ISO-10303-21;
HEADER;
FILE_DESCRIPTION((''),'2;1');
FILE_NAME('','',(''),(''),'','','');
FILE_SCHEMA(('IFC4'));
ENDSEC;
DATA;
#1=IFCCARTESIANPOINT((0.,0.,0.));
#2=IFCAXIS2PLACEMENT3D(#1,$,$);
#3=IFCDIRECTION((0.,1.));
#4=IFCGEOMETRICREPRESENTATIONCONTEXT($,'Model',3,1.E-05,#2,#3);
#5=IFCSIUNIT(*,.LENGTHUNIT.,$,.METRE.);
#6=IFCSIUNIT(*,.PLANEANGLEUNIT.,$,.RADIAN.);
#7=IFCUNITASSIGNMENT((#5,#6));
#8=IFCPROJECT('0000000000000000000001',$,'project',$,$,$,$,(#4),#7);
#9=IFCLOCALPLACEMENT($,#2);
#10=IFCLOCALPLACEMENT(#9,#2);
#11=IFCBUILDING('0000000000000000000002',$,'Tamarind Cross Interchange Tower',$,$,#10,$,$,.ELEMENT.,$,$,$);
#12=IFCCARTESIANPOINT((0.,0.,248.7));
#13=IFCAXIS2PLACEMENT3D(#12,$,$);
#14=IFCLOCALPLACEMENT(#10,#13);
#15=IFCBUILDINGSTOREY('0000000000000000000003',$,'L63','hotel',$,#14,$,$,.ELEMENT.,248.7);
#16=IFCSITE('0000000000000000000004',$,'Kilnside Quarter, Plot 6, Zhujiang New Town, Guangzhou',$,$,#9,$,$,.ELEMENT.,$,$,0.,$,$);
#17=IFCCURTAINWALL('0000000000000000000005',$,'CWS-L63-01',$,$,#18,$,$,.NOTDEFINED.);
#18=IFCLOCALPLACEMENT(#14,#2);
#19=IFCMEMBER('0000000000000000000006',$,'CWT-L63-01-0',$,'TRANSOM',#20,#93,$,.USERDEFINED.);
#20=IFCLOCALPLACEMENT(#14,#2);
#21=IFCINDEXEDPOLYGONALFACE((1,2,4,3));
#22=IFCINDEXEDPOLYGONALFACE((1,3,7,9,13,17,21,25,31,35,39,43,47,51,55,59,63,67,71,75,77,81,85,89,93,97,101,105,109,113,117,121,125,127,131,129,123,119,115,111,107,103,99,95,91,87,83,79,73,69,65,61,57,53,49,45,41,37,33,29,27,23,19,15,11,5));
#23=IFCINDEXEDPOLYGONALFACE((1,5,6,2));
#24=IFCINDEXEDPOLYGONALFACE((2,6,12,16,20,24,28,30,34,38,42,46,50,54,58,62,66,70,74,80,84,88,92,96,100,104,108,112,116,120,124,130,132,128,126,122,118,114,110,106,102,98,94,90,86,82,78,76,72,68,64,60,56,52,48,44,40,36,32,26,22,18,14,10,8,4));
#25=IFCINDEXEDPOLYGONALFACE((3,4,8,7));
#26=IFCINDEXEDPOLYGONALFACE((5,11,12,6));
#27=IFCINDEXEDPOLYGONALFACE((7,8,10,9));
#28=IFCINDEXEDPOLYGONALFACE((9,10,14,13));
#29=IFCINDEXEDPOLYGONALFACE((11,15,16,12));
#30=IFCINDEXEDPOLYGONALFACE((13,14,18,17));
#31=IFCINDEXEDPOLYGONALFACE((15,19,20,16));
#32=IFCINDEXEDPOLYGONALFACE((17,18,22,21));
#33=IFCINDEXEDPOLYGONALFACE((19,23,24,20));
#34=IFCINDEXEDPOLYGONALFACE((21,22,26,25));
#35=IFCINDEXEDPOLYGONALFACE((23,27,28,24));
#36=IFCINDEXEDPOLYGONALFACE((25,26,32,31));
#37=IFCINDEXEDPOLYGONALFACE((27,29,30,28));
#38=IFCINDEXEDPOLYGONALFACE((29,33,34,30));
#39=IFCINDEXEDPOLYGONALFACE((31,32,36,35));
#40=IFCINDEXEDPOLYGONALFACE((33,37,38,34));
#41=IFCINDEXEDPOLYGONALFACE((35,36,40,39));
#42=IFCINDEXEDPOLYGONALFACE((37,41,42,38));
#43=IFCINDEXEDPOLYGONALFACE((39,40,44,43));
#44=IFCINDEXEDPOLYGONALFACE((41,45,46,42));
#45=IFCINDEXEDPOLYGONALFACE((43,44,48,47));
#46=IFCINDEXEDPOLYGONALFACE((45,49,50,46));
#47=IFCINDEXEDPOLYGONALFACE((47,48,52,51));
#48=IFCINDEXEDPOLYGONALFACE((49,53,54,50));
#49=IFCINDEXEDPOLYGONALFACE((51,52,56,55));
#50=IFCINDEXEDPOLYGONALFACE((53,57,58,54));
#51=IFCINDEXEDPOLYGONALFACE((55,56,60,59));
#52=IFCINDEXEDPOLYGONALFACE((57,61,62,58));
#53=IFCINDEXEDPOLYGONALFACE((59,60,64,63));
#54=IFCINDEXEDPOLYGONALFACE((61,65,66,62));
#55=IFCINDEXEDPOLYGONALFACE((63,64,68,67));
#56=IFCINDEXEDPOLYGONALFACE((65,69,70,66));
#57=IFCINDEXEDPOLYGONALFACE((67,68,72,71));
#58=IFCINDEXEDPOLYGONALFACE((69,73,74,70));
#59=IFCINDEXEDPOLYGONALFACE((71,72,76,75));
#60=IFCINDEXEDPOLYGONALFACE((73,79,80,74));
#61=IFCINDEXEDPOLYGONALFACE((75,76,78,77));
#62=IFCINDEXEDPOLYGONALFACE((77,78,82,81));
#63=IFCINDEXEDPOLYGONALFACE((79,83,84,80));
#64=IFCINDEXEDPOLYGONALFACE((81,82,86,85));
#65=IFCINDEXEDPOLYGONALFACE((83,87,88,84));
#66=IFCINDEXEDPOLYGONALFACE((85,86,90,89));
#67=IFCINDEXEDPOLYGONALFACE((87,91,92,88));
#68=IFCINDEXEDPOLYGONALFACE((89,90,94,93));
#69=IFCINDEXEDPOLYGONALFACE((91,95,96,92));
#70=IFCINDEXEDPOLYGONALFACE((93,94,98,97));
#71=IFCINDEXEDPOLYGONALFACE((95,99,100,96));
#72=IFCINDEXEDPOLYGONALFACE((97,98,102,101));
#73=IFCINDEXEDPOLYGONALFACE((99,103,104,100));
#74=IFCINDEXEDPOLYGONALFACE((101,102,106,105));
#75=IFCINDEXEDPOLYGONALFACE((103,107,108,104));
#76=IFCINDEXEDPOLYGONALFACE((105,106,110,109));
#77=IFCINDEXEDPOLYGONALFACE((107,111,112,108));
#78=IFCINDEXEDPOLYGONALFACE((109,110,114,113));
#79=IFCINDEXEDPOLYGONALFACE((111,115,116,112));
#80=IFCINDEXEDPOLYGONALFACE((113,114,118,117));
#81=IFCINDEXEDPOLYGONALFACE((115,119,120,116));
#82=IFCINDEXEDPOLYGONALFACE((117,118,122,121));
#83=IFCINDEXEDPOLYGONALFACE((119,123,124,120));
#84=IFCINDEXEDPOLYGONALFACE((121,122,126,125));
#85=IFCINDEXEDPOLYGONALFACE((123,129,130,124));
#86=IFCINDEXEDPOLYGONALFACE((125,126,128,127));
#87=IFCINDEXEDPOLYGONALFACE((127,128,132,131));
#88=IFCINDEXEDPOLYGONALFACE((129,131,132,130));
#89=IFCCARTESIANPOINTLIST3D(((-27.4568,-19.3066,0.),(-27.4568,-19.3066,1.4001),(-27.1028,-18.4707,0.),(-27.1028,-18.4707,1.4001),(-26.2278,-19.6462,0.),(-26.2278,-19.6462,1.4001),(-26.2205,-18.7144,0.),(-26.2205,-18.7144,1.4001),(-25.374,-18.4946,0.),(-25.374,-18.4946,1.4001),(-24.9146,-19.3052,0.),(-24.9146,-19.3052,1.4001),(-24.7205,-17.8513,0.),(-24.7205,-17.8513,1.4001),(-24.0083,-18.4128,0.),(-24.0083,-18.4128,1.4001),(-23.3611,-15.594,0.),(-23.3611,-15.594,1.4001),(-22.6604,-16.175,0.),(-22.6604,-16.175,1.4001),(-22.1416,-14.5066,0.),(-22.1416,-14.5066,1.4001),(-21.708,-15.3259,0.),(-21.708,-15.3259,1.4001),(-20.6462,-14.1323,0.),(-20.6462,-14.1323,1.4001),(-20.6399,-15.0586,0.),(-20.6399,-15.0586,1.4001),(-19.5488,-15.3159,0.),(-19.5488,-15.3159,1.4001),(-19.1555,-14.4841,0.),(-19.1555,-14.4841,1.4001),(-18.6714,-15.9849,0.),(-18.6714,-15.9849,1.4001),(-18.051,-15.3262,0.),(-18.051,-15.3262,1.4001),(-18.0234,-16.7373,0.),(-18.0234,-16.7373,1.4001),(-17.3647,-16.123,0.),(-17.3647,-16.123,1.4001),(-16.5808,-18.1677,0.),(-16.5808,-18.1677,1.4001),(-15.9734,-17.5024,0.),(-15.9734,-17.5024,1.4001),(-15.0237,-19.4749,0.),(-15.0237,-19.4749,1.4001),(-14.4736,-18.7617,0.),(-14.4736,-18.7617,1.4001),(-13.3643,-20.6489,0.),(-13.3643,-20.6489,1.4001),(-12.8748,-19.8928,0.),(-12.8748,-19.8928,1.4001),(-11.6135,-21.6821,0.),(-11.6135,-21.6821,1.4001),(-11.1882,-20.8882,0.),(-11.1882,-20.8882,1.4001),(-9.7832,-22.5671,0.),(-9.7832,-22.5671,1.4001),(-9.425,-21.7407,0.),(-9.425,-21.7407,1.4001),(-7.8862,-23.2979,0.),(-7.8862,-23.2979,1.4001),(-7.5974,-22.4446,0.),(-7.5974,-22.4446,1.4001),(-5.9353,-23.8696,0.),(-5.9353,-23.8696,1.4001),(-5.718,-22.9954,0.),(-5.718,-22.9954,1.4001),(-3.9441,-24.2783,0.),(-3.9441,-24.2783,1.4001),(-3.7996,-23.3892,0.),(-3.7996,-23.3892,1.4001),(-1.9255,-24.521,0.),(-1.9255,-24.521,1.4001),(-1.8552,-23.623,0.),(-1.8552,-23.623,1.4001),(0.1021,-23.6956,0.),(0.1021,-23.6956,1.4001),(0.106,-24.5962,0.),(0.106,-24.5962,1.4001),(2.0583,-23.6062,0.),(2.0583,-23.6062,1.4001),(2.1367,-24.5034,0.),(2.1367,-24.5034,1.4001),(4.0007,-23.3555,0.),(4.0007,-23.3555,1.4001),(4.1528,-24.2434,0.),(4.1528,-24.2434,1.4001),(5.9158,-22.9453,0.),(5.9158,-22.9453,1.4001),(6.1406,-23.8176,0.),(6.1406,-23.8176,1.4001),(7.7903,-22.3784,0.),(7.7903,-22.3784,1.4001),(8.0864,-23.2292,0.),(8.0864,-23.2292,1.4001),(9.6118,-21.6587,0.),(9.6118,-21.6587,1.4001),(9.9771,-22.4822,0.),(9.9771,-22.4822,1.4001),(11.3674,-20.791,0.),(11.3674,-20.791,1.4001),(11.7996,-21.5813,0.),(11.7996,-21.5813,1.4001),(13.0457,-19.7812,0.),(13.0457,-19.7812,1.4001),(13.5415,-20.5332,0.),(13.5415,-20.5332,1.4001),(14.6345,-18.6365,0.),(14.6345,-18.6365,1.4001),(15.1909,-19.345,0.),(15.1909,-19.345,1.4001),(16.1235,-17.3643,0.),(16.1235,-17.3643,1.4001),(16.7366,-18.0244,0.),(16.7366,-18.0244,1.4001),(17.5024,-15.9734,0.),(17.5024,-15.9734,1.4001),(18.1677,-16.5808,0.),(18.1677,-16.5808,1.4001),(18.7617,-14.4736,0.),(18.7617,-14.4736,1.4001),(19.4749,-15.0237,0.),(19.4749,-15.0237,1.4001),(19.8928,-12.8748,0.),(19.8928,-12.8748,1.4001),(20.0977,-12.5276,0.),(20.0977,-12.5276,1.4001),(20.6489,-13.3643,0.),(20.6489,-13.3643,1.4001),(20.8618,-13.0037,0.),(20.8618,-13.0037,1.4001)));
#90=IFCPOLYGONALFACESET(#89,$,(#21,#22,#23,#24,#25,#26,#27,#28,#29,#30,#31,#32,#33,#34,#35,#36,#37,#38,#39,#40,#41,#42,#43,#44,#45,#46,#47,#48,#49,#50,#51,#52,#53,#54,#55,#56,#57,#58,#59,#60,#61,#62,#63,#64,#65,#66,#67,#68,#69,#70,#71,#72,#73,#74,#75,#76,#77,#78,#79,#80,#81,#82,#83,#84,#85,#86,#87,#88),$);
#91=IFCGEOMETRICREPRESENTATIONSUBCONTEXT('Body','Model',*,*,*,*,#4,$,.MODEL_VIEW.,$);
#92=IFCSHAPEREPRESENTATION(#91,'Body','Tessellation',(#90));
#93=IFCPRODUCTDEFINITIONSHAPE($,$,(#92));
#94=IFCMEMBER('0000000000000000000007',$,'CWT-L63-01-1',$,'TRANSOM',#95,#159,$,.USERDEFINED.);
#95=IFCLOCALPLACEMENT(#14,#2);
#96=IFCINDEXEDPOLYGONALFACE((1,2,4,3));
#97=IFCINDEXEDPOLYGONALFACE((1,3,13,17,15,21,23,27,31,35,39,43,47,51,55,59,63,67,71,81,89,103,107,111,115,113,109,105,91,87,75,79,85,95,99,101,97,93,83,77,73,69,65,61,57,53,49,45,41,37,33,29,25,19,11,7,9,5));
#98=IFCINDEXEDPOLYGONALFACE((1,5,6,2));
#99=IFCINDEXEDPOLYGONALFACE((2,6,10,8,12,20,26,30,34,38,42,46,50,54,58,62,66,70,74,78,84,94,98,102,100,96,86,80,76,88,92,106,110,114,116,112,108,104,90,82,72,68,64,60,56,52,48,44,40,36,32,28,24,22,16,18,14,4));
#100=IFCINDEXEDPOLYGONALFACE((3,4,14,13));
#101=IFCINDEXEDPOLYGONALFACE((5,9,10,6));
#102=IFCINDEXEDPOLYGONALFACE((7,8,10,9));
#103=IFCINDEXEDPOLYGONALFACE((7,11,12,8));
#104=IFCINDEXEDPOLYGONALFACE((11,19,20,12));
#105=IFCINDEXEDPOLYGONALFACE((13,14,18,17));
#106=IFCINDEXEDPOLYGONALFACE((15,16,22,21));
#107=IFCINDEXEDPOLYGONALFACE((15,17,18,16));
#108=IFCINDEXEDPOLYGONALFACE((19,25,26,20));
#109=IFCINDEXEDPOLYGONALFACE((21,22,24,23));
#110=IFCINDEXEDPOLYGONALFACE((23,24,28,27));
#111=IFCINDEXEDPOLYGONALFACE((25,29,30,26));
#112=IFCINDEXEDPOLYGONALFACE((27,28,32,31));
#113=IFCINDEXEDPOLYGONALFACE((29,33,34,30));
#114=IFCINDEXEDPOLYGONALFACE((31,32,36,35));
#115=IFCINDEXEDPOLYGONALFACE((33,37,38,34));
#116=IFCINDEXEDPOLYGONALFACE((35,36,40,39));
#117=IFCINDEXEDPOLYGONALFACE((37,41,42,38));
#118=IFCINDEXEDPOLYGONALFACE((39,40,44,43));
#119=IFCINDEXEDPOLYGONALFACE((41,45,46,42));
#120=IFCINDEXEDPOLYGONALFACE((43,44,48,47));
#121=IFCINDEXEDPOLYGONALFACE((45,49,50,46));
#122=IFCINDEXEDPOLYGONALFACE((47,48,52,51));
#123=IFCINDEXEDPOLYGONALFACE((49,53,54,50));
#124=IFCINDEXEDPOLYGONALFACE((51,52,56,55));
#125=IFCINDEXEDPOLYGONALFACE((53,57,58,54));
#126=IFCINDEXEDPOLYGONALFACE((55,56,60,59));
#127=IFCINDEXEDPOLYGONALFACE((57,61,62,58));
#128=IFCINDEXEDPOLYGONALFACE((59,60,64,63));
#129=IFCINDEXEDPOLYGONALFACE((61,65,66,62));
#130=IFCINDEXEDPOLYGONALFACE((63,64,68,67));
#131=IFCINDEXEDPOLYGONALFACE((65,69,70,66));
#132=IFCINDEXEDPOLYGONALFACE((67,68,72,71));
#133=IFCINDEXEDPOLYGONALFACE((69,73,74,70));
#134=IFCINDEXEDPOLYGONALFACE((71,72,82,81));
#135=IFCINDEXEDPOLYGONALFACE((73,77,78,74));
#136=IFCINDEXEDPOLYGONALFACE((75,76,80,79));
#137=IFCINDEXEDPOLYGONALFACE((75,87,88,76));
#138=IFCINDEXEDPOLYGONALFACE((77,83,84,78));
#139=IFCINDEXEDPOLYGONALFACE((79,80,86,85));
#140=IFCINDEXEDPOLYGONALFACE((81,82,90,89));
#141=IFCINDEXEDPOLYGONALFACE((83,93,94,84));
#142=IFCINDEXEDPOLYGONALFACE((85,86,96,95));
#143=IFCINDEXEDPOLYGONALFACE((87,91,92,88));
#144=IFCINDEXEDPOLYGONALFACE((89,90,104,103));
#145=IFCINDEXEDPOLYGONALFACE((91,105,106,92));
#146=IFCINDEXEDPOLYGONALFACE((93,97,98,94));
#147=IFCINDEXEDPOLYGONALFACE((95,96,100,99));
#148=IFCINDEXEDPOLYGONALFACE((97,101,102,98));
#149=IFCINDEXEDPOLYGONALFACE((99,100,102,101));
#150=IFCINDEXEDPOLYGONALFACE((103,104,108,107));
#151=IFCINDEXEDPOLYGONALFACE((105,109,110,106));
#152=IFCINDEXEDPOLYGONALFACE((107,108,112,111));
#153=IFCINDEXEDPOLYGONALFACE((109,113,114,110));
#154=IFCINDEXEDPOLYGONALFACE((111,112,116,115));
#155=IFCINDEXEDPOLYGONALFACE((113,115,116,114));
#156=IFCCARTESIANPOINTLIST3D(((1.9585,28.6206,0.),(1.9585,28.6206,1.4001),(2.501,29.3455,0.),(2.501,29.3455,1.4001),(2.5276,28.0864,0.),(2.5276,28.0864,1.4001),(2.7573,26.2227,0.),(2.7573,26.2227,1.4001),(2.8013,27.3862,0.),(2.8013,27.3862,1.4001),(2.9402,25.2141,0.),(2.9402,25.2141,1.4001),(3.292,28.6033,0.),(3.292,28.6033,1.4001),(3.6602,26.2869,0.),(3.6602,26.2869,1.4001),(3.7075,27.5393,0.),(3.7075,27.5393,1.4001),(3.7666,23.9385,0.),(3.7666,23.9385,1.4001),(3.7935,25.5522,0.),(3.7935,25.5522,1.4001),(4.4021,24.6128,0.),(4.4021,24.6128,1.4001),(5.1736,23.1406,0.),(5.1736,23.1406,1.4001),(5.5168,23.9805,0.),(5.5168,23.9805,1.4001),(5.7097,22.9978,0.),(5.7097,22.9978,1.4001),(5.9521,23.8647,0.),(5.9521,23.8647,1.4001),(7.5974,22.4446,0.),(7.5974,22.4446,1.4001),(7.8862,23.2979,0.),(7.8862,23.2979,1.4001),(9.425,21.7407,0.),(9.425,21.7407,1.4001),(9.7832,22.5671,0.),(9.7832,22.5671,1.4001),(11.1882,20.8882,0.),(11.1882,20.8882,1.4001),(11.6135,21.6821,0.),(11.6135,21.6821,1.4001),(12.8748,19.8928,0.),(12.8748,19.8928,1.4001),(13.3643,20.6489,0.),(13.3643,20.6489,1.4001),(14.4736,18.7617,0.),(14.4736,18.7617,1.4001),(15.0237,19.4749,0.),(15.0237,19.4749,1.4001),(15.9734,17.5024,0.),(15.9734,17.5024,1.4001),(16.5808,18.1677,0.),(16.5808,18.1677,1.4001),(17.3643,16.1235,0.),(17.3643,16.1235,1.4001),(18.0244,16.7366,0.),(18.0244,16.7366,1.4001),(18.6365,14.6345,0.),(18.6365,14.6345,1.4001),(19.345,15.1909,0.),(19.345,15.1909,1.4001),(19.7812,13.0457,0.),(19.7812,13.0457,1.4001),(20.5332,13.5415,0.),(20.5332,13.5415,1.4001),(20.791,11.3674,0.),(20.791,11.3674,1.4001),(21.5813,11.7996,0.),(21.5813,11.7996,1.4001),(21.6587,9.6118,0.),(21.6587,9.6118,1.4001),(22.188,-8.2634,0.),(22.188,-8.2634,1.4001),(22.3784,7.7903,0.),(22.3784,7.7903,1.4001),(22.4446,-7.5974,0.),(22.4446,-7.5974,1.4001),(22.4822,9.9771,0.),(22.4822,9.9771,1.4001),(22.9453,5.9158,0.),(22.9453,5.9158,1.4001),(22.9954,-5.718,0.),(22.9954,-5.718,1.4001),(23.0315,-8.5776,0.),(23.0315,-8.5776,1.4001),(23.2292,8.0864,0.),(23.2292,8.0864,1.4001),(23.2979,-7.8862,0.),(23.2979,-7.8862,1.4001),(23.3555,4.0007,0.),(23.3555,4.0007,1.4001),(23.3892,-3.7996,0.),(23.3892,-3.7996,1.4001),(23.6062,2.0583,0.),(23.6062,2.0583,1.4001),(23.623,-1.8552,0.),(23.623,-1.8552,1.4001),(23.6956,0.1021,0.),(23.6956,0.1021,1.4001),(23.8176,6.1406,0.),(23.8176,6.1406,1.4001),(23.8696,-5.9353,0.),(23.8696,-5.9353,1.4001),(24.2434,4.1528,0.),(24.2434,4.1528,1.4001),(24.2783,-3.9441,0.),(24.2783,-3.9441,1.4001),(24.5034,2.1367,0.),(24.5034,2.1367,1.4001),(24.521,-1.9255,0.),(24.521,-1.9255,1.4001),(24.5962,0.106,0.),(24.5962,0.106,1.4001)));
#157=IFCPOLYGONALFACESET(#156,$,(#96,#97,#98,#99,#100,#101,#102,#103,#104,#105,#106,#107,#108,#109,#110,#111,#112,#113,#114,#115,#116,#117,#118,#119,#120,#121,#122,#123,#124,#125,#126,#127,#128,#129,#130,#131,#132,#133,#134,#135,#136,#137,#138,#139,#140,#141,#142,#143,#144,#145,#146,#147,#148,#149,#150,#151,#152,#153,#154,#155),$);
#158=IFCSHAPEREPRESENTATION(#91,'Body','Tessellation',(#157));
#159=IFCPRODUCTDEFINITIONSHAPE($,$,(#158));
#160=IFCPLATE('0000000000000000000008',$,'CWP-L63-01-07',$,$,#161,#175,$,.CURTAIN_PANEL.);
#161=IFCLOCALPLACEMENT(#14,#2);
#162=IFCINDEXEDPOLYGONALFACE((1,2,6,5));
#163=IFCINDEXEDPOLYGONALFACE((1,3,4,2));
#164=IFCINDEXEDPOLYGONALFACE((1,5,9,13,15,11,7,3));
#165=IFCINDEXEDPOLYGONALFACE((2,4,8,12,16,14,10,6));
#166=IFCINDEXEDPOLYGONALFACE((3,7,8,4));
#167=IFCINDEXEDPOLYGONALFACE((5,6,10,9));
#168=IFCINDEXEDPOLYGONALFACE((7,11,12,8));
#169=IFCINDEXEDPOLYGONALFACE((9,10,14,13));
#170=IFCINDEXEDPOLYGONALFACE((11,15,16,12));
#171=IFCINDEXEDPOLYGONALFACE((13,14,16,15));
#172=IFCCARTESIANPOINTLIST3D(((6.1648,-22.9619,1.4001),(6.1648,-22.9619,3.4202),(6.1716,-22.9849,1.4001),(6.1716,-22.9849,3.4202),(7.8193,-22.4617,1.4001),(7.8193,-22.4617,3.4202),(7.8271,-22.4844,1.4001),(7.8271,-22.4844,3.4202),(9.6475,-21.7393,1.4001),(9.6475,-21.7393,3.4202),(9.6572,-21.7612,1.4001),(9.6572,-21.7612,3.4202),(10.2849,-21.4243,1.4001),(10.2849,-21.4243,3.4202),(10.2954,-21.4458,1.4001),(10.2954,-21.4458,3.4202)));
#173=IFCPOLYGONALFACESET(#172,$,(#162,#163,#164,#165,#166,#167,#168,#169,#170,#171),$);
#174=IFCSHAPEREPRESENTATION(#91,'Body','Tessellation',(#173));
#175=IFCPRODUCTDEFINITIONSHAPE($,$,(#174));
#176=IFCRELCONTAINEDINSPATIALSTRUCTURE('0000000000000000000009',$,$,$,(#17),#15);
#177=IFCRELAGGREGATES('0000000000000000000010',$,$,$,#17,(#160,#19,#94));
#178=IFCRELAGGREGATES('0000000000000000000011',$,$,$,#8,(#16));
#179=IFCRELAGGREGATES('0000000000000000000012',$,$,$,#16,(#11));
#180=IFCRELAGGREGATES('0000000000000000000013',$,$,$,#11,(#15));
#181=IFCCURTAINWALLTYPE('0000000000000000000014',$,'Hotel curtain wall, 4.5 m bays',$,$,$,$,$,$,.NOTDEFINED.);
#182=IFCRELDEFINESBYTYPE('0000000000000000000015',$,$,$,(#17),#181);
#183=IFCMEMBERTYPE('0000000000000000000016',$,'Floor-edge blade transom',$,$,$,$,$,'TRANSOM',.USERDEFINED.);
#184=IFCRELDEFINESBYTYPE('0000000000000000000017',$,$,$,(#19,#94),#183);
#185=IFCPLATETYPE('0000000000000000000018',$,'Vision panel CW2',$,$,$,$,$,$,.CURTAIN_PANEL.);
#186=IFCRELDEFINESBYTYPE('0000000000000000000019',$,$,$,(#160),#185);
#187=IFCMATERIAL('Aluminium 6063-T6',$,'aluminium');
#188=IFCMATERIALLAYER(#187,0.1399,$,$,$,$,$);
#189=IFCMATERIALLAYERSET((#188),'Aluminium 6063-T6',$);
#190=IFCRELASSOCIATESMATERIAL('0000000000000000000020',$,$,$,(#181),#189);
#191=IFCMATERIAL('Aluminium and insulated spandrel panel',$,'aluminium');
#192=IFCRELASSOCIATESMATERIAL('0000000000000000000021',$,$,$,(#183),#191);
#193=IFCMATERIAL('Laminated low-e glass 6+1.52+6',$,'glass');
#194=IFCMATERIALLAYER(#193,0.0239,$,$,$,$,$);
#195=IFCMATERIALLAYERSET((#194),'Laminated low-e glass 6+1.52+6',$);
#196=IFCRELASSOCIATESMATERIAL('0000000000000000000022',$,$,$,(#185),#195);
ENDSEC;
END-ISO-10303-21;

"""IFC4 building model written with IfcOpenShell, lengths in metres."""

from ifc_helpers import new_model, si_unit, direction, frame, origin, place, context, subcontext, project, spatial, polyline, outline, extrude, material, layer, layer_set, type_object, element, aggregate, save


model = new_model("IFC4")

# Units and contexts
model_context = context("Model", 3, precision=1e-05, world=origin(), true_north=direction((0.0, 1.0)))
body_context = subcontext(model_context, "Body", "Model", "MODEL_VIEW")
ifc_project = project(units=[si_unit("LENGTHUNIT", "METRE"), si_unit("PLANEANGLEUNIT", "RADIAN")], contexts=[model_context])

# Site, building, storey
site_placement = place(None, origin())
site = spatial("IfcSite", under=ifc_project, at=site_placement, Name="Kilnside Quarter, Plot 6, Zhujiang New Town, Guangzhou", CompositionType="ELEMENT", RefElevation=0.0)
building_placement = place(site_placement, origin())
building = spatial("IfcBuilding", under=site, at=building_placement, Name="Tamarind Cross Interchange Tower", CompositionType="ELEMENT")
storey_placement = place(building_placement, frame((0.0, 0.0, 248.7)))
storey = spatial("IfcBuildingStorey", under=building, at=storey_placement, Name="L63", Description="hotel", CompositionType="ELEMENT", Elevation=248.7)

# Curtain wall, members, plate
ifc_material_1 = material(Name="Aluminium 6063-T6", Category="aluminium")
ifc_layer_1 = layer(ifc_material_1, 0.1399)
ifc_layer_set_1 = layer_set([ifc_layer_1], Name="Aluminium 6063-T6")
curtain_wall_type = type_object("IfcCurtainWallType", Name="Hotel curtain wall, 4.5 m bays", PredefinedType="NOTDEFINED", material=ifc_layer_set_1)
curtain_wall_placement = place(storey_placement, origin())
curtain_wall = element("IfcCurtainWall", 1, at=curtain_wall_placement, inside=storey, type_object=curtain_wall_type, Name="CWS-L63-01", PredefinedType="NOTDEFINED")
ifc_material_2 = material(Name="Aluminium and insulated spandrel panel", Category="aluminium")
member_type = type_object("IfcMemberType", Name="Floor-edge blade transom", ElementType="TRANSOM", PredefinedType="USERDEFINED", material=ifc_material_2)
member_1_placement = place(storey_placement, origin())
member_1 = element("IfcMember", 2, at=member_1_placement, type_object=member_type, Name="CWT-L63-01-0", ObjectType="TRANSOM", PredefinedType="USERDEFINED", context=body_context, shape_type="SweptSolid", body=[
    extrude(outline(polyline([(-27.1028, -18.4707), (-26.2205, -18.7144), (-25.374, -18.4946), (-24.7205, -17.8513), (-23.3611, -15.594), (-22.1416, -14.5066), (-20.6462, -14.1323), (-19.1555, -14.4841), (-18.051, -15.3262), (-17.3647, -16.123), (-15.9734, -17.5024), (-14.4736, -18.7617), (-12.8748, -19.8928), (-11.1882, -20.8882), (-9.425, -21.7407), (-7.5974, -22.4446), (-5.718, -22.9954), (-3.7996, -23.3892), (-1.8552, -23.623), (0.1021, -23.6956), (2.0583, -23.6062), (4.0007, -23.3555), (5.9158, -22.9453), (7.7903, -22.3784), (9.6118, -21.6587), (11.3674, -20.791), (13.0457, -19.7812), (14.6345, -18.6365), (16.1235, -17.3643), (17.5024, -15.9734), (18.7617, -14.4736), (19.8928, -12.8748), (20.0977, -12.5276), (20.8618, -13.0037), (20.6489, -13.3643), (19.4749, -15.0237), (18.1677, -16.5808), (16.7366, -18.0244), (15.1909, -19.345), (13.5415, -20.5332), (11.7996, -21.5813), (9.9771, -22.4822), (8.0864, -23.2292), (6.1406, -23.8176), (4.1528, -24.2434), (2.1367, -24.5034), (0.106, -24.5962), (-1.9255, -24.521), (-3.9441, -24.2783), (-5.9353, -23.8696), (-7.8862, -23.2979), (-9.7832, -22.5671), (-11.6135, -21.6821), (-13.3643, -20.6489), (-15.0237, -19.4749), (-16.5808, -18.1677), (-18.0234, -16.7373), (-18.6714, -15.9849), (-19.5488, -15.3159), (-20.6399, -15.0586), (-21.708, -15.3259), (-22.6604, -16.175), (-24.0083, -18.4128), (-24.9146, -19.3052), (-26.2278, -19.6462), (-27.4568, -19.3066), (-27.1028, -18.4707)])), origin(), (0.0, 0.0, 1.0), 1.4001),
])
member_2_placement = place(storey_placement, origin())
member_2 = element("IfcMember", 3, at=member_2_placement, type_object=member_type, Name="CWT-L63-01-1", ObjectType="TRANSOM", PredefinedType="USERDEFINED", context=body_context, shape_type="SweptSolid", body=[
    extrude(outline(polyline([(22.188, -8.2634), (22.4446, -7.5974), (22.9954, -5.718), (23.3892, -3.7996), (23.623, -1.8552), (23.6956, 0.1021), (23.6062, 2.0583), (23.3555, 4.0007), (22.9453, 5.9158), (22.3784, 7.7903), (21.6587, 9.6118), (20.791, 11.3674), (19.7812, 13.0457), (18.6365, 14.6345), (17.3643, 16.1235), (15.9734, 17.5024), (14.4736, 18.7617), (12.8748, 19.8928), (11.1882, 20.8882), (9.425, 21.7407), (7.5974, 22.4446), (5.7097, 22.9978), (5.1736, 23.1406), (3.7666, 23.9385), (2.9402, 25.2141), (2.7573, 26.2227), (2.8013, 27.3862), (2.5276, 28.0864), (1.9585, 28.6206), (2.501, 29.3455), (3.292, 28.6033), (3.7075, 27.5393), (3.6602, 26.2869), (3.7935, 25.5522), (4.4021, 24.6128), (5.5168, 23.9805), (5.9521, 23.8647), (7.8862, 23.2979), (9.7832, 22.5671), (11.6135, 21.6821), (13.3643, 20.6489), (15.0237, 19.4749), (16.5808, 18.1677), (18.0244, 16.7366), (19.345, 15.1909), (20.5332, 13.5415), (21.5813, 11.7996), (22.4822, 9.9771), (23.2292, 8.0864), (23.8176, 6.1406), (24.2434, 4.1528), (24.5034, 2.1367), (24.5962, 0.106), (24.521, -1.9255), (24.2783, -3.9441), (23.8696, -5.9353), (23.2979, -7.8862), (23.0315, -8.5776), (22.188, -8.2634)])), origin(), (0.0, 0.0, 1.0), 1.4001),
])
ifc_material_3 = material(Name="Laminated low-e glass 6+1.52+6", Category="glass")
ifc_layer_2 = layer(ifc_material_3, 0.0239)
ifc_layer_set_2 = layer_set([ifc_layer_2], Name="Laminated low-e glass 6+1.52+6")
plate_type = type_object("IfcPlateType", Name="Vision panel CW2", PredefinedType="CURTAIN_PANEL", material=ifc_layer_set_2)
plate_1_placement = place(storey_placement, frame((0.0, 0.0, 1.4001)))
plate_1 = element("IfcPlate", 4, at=plate_1_placement, type_object=plate_type, Name="CWP-L63-01-07", PredefinedType="CURTAIN_PANEL", context=body_context, shape_type="SweptSolid", body=[
    extrude(outline(polyline([(6.1648, -22.9619), (7.8193, -22.4617), (9.6475, -21.7393), (10.2849, -21.4243), (10.2954, -21.4458), (9.6572, -21.7612), (7.8271, -22.4844), (6.1716, -22.9849), (6.1648, -22.9619)])), origin(), (0.0, 0.0, 1.0), 2.02),
])
aggregate(curtain_wall, [plate_1, member_1, member_2])

save(model, "model.ifc")
